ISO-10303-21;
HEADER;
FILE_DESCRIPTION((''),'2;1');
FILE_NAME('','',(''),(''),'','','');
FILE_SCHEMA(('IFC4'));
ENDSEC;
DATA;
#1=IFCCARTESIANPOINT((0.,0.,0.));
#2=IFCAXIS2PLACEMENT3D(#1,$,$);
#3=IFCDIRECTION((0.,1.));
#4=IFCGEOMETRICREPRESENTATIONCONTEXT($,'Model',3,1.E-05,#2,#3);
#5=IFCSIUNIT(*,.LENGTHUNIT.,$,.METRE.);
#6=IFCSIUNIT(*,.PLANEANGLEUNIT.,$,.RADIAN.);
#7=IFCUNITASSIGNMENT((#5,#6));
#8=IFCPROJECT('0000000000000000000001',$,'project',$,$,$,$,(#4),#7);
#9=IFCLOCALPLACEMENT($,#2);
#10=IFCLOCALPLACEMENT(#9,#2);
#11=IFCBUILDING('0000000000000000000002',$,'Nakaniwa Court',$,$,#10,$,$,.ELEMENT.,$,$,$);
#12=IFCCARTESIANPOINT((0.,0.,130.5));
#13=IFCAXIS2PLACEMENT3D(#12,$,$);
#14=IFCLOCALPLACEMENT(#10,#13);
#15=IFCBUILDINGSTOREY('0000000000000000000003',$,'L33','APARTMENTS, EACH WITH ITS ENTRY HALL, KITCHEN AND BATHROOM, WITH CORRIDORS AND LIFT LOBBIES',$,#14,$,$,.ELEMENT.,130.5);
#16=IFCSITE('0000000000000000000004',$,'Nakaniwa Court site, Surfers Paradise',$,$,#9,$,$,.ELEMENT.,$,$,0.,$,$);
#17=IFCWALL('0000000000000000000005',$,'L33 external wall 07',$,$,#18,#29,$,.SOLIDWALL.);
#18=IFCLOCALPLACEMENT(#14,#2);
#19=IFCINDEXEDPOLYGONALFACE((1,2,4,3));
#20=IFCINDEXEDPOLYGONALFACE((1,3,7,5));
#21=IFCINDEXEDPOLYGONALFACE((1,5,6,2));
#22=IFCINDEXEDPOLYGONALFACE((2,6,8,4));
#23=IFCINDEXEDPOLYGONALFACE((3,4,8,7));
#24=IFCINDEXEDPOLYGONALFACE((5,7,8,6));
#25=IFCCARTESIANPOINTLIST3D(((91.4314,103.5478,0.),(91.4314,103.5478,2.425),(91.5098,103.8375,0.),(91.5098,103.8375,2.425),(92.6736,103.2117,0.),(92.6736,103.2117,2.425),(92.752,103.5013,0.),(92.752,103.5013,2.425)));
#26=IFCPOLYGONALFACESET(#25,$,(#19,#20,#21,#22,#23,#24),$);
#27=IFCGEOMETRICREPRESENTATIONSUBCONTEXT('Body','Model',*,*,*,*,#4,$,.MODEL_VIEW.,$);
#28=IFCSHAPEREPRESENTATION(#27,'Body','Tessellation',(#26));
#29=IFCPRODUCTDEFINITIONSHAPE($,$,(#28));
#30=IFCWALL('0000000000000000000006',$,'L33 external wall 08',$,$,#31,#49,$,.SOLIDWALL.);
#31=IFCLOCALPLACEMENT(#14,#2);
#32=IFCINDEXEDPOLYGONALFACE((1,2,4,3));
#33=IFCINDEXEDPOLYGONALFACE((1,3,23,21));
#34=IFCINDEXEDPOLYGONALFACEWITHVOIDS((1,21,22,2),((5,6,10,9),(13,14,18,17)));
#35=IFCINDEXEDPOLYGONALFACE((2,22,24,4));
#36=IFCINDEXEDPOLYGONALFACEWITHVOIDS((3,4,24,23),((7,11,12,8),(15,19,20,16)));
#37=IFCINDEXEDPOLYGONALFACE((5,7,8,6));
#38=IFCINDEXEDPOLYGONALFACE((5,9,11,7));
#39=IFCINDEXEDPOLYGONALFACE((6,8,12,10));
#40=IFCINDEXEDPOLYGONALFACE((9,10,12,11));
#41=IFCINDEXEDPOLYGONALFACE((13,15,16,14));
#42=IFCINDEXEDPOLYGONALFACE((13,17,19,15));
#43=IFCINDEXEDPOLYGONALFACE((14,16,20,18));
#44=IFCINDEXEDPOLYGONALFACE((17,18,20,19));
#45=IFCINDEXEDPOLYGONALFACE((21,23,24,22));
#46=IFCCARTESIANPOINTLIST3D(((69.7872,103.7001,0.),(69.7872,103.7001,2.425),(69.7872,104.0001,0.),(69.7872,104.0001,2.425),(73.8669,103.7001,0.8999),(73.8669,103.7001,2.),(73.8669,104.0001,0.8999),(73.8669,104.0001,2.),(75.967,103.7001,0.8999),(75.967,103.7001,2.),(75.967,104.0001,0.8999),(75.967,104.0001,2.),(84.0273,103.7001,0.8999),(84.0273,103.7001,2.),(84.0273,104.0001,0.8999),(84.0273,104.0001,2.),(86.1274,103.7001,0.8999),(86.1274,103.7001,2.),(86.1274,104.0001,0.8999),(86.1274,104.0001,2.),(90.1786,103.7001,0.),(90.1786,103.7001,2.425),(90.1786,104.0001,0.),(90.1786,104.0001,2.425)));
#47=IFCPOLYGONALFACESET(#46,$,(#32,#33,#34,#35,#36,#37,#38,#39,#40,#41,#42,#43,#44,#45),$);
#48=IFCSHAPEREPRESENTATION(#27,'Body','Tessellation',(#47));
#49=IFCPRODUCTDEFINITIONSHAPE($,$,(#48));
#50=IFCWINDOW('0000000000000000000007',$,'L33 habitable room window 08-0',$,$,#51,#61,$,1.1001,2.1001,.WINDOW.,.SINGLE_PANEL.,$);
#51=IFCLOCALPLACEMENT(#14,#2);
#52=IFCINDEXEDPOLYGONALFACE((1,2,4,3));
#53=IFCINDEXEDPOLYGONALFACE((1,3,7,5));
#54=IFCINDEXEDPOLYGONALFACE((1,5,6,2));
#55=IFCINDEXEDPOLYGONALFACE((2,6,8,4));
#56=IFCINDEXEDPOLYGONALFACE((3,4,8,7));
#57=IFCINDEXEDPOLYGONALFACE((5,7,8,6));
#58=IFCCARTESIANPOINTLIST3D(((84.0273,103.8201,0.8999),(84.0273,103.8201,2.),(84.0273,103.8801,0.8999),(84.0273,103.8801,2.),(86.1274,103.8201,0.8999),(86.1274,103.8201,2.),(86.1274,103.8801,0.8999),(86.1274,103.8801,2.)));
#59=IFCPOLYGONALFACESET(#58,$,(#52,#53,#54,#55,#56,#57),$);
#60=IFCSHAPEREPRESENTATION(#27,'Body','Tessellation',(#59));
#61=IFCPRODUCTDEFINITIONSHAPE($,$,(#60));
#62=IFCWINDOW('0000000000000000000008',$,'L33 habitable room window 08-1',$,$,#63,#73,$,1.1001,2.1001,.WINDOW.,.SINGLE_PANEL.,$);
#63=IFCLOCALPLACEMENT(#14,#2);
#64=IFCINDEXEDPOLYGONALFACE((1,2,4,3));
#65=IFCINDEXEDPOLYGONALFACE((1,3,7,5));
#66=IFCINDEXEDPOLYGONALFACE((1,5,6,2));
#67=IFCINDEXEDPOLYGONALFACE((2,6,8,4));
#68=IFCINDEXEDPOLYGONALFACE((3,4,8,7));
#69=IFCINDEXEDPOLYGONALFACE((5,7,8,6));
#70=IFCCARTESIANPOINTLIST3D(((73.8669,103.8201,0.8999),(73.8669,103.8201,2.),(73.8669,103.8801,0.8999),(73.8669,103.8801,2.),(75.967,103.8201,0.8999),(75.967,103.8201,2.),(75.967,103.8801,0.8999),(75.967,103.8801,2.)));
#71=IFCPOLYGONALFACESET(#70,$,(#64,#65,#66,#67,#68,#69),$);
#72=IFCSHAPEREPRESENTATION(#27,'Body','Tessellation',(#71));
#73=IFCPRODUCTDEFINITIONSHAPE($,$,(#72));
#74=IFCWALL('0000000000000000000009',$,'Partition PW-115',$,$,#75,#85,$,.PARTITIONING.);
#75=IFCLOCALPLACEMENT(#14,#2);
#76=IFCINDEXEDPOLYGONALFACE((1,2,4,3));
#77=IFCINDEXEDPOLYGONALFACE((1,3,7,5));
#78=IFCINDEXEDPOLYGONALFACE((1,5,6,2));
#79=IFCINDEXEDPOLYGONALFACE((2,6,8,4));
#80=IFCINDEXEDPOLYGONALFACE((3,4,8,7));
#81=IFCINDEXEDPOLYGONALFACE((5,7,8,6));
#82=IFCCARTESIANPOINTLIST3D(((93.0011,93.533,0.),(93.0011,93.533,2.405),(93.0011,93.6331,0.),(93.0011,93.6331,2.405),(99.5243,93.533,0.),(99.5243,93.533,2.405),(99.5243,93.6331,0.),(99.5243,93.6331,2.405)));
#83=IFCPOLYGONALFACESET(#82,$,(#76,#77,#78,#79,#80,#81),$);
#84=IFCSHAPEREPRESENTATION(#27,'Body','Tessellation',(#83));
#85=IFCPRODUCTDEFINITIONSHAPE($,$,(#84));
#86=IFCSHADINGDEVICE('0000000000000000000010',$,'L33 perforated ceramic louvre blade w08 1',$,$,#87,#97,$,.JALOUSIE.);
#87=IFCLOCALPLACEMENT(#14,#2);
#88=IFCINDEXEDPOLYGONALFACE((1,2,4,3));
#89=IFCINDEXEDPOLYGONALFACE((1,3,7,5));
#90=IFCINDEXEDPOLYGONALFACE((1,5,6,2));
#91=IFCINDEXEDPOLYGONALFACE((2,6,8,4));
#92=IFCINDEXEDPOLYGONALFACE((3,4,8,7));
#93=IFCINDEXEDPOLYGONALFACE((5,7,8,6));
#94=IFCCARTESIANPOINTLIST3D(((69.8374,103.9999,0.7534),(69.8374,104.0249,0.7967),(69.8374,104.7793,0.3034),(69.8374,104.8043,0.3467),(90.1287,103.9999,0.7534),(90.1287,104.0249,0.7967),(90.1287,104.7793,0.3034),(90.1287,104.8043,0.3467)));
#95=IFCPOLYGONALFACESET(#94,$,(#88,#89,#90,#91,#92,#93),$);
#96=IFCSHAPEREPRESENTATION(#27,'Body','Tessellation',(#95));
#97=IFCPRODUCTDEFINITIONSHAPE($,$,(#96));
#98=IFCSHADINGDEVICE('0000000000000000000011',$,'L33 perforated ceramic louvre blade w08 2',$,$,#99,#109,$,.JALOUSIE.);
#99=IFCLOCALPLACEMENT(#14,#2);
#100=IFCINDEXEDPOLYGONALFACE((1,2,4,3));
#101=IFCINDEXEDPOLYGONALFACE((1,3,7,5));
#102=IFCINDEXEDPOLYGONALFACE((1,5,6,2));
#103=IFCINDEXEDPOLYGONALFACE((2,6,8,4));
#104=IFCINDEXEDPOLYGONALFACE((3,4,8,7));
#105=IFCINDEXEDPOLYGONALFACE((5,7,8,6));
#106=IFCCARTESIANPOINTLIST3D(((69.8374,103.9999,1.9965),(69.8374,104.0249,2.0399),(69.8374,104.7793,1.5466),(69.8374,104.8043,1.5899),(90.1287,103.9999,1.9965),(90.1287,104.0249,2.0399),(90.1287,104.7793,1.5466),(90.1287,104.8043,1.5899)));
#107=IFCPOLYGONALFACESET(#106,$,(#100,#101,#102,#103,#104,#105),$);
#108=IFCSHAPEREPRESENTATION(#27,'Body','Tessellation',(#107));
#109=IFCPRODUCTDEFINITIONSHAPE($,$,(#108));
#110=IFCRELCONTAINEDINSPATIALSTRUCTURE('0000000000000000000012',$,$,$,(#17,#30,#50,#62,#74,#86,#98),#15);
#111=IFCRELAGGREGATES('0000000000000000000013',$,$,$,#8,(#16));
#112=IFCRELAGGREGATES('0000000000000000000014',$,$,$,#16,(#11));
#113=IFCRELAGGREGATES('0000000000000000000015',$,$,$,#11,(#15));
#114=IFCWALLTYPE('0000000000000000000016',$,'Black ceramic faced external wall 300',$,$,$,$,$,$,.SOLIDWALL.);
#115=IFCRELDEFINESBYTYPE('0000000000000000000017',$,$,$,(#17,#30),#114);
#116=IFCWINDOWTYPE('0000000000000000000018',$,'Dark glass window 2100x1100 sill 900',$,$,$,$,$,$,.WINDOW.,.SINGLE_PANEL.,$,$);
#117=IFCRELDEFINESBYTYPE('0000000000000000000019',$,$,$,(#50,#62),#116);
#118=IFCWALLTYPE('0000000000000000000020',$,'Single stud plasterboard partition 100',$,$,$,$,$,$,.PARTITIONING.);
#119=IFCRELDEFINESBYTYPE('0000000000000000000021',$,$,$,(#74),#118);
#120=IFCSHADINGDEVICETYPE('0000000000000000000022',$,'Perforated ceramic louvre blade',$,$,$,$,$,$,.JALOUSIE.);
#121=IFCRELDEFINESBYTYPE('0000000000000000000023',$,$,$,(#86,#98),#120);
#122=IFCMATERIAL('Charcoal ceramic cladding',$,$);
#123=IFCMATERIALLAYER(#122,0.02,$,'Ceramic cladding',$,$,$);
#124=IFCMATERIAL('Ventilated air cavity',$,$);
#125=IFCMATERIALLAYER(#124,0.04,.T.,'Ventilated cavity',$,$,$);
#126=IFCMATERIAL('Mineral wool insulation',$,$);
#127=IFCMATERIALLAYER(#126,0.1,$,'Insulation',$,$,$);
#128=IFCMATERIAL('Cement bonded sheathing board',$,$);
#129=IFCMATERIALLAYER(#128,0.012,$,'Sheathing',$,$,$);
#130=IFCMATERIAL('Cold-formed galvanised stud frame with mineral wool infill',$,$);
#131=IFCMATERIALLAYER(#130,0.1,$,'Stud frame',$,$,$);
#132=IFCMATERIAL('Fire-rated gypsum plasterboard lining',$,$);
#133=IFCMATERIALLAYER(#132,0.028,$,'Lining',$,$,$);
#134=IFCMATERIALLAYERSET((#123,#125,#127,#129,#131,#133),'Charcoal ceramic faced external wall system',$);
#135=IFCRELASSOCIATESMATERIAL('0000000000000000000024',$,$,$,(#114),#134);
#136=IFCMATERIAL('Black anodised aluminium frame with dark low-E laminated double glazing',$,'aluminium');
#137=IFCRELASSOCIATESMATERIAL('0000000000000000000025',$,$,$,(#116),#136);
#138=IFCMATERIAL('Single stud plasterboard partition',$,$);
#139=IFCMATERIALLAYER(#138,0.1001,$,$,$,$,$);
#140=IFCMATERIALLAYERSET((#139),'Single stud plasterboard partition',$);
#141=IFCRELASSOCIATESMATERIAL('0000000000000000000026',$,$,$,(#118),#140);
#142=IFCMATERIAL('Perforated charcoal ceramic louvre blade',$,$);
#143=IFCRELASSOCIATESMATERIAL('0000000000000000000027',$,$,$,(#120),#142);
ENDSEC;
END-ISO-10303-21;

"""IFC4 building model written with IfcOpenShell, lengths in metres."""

from ifc_helpers import new_model, si_unit, direction, frame, frame_2d, origin, origin_2d, place, context, subcontext, project, spatial, rectangle, extrude, material, layer, layer_set, material_profile, profile_set, type_object, element, fill, save


model = new_model("IFC4")

# Units and contexts
model_context = context("Model", 3, precision=1e-05, world=origin(), true_north=direction((0.0, 1.0)))
body_context = subcontext(model_context, "Body", "Model", "MODEL_VIEW")
ifc_project = project(units=[si_unit("LENGTHUNIT", "METRE"), si_unit("PLANEANGLEUNIT", "RADIAN")], contexts=[model_context])

# Site, building, storey
site_placement = place(None, origin())
site = spatial("IfcSite", under=ifc_project, at=site_placement, Name="Nakaniwa Court site, Surfers Paradise", CompositionType="ELEMENT", RefElevation=0.0)
building_placement = place(site_placement, origin())
building = spatial("IfcBuilding", under=site, at=building_placement, Name="Nakaniwa Court", CompositionType="ELEMENT")
storey_placement = place(building_placement, frame((0.0, 0.0, 130.5)))
storey = spatial("IfcBuildingStorey", under=building, at=storey_placement, Name="L33", Description="APARTMENTS, EACH WITH ITS ENTRY HALL, KITCHEN AND BATHROOM, WITH CORRIDORS AND LIFT LOBBIES", CompositionType="ELEMENT", Elevation=130.5)

# Shared definitions
ifc_material_1 = material(Name="Charcoal ceramic cladding")
ifc_layer_1 = layer(ifc_material_1, 0.02, Name="Ceramic cladding")
ifc_material_2 = material(Name="Ventilated air cavity")
ifc_layer_2 = layer(ifc_material_2, 0.04, ventilated=True, Name="Ventilated cavity")
ifc_material_3 = material(Name="Mineral wool insulation")
ifc_layer_3 = layer(ifc_material_3, 0.1, Name="Insulation")
ifc_material_4 = material(Name="Cement bonded sheathing board")
ifc_layer_4 = layer(ifc_material_4, 0.012, Name="Sheathing")
ifc_material_5 = material(Name="Cold-formed galvanised stud frame with mineral wool infill")
ifc_layer_5 = layer(ifc_material_5, 0.1, Name="Stud frame")
ifc_material_6 = material(Name="Fire-rated gypsum plasterboard lining")
ifc_layer_6 = layer(ifc_material_6, 0.028, Name="Lining")
ifc_layer_set_1 = layer_set([ifc_layer_1, ifc_layer_2, ifc_layer_3, ifc_layer_4, ifc_layer_5, ifc_layer_6], Name="Charcoal ceramic faced external wall system")
wall_type_1 = type_object("IfcWallType", Name="Black ceramic faced external wall 300", PredefinedType="SOLIDWALL", material=ifc_layer_set_1)
ifc_material_7 = material(Name="Black anodised aluminium frame with dark low-E laminated double glazing", Category="aluminium")
window_type_1 = type_object("IfcWindowType", Name="Dark glass window 2100x1100 sill 900", PartitioningType="SINGLE_PANEL", PredefinedType="WINDOW", material=ifc_material_7)

# Wall
wall_1_placement = place(storey_placement, frame((92.7129, 103.3564, 0.0), z_axis=(0.0, 0.0, 1.0), x_axis=(-0.965274, 0.261239, 0.0)))
element("IfcWall", 1, at=wall_1_placement, inside=storey, type_object=wall_type_1, Name="L33 external wall 07", PredefinedType="SOLIDWALL", context=body_context, shape_type="SweptSolid", body=[
    extrude(rectangle(XDim=1.2869, YDim=0.3, at=frame_2d((0.6436, 0.0))), origin(), (0.0, 0.0, 1.0), 2.425),
])

# Wall, openings, windows
wall_2_placement = place(storey_placement, frame((90.1787, 103.8501, 0.0), z_axis=(0.0, 0.0, 1.0), x_axis=(-1.0, 0.0, 0.0)))
wall_2 = element("IfcWall", 2, at=wall_2_placement, inside=storey, type_object=wall_type_1, Name="L33 external wall 08", PredefinedType="SOLIDWALL", context=body_context, shape_type="SweptSolid", body=[
    extrude(rectangle(XDim=20.3914, YDim=0.3, at=frame_2d((10.1958, 0.0))), origin(), (0.0, 0.0, 1.0), 2.425),
])
opening_1_placement = place(wall_2_placement, frame((4.0513, 0.0, 0.8999)))
opening_1 = element("IfcOpeningElement", 3, at=opening_1_placement, cuts=wall_2, PredefinedType="OPENING", context=body_context, shape_type="SweptSolid", body=[
    extrude(rectangle(XDim=2.1001, YDim=1.1001, at=frame_2d((1.05, 0.55))), frame((0.0, 0.1599, 0.0), z_axis=(0.0, -1.0, 0.0), x_axis=(1.0, 0.0, 0.0)), (0.0, 0.0, 1.0), 0.3201),
])
opening_2_placement = place(wall_2_placement, frame((14.2117, 0.0, 0.8999)))
opening_2 = element("IfcOpeningElement", 4, at=opening_2_placement, cuts=wall_2, PredefinedType="OPENING", context=body_context, shape_type="SweptSolid", body=[
    extrude(rectangle(XDim=2.1001, YDim=1.1001, at=frame_2d((1.05, 0.55))), frame((0.0, 0.1599, 0.0), z_axis=(0.0, -1.0, 0.0), x_axis=(1.0, 0.0, 0.0)), (0.0, 0.0, 1.0), 0.3201),
])
window_1_placement = place(opening_1_placement, origin())
window_1 = element("IfcWindow", 5, at=window_1_placement, inside=storey, type_object=window_type_1, Name="L33 habitable room window 08-0", OverallHeight=1.1001, OverallWidth=2.1001, PartitioningType="SINGLE_PANEL", PredefinedType="WINDOW", context=body_context, shape_type="SweptSolid", body=[
    extrude(rectangle(XDim=2.1001, YDim=1.1001, at=frame_2d((1.05, 0.55))), frame((0.0, 0.03, 0.0), z_axis=(0.0, -1.0, 0.0), x_axis=(1.0, 0.0, 0.0)), (0.0, 0.0, 1.0), 0.0601),
])
fill(opening_1, window_1)
window_2_placement = place(opening_2_placement, origin())
window_2 = element("IfcWindow", 6, at=window_2_placement, inside=storey, type_object=window_type_1, Name="L33 habitable room window 08-1", OverallHeight=1.1001, OverallWidth=2.1001, PartitioningType="SINGLE_PANEL", PredefinedType="WINDOW", context=body_context, shape_type="SweptSolid", body=[
    extrude(rectangle(XDim=2.1001, YDim=1.1001, at=frame_2d((1.05, 0.55))), frame((0.0, 0.03, 0.0), z_axis=(0.0, -1.0, 0.0), x_axis=(1.0, 0.0, 0.0)), (0.0, 0.0, 1.0), 0.0601),
])
fill(opening_2, window_2)

# Wall
ifc_material_8 = material(Name="Single stud plasterboard partition")
ifc_layer_7 = layer(ifc_material_8, 0.1001)
ifc_layer_set_2 = layer_set([ifc_layer_7], Name="Single stud plasterboard partition")
wall_type_2 = type_object("IfcWallType", Name="Single stud plasterboard partition 100", PredefinedType="PARTITIONING", material=ifc_layer_set_2)
wall_3_placement = place(storey_placement, frame((93.001, 93.583, 0.0), z_axis=(0.0, 0.0, 1.0), x_axis=(1.0, 0.0, 0.0)))
element("IfcWall", 7, at=wall_3_placement, inside=storey, type_object=wall_type_2, Name="Partition PW-115", PredefinedType="PARTITIONING", context=body_context, shape_type="SweptSolid", body=[
    extrude(rectangle(XDim=6.5232, YDim=0.1001, at=frame_2d((3.2617, 0.0))), origin(), (0.0, 0.0, 1.0), 2.405),
])

# Shading devices
ifc_material_9 = material(Name="Perforated charcoal ceramic louvre blade")
ifc_material_profile_1 = material_profile(ifc_material_9, rectangle(XDim=0.8999, YDim=0.05, at=origin_2d()), Name="Perforated ceramic louvre blade")
ifc_profile_set_1 = profile_set([ifc_material_profile_1], Name="Perforated charcoal ceramic louvre blade")
shading_device_type = type_object("IfcShadingDeviceType", Name="Perforated ceramic louvre blade", PredefinedType="JALOUSIE", material=ifc_profile_set_1)
for number, where, z_axis, x_axis, name in (
    (8, (90.1287, 104.4021, 0.55), (-1.0, 0.0, 0.0), (0.0, -0.866025, 0.5), "L33 perforated ceramic louvre blade w08 1"),
    (9, (90.1287, 104.4021, 1.7932), (-1.0, 0.0, 0.0), (0.0, -0.866025, 0.5), "L33 perforated ceramic louvre blade w08 2"),
):
    element("IfcShadingDevice", number, at=place(storey_placement, frame(where, z_axis=z_axis, x_axis=x_axis)), inside=storey, type_object=shading_device_type, Name=name, PredefinedType="JALOUSIE", context=body_context, shape_type="SweptSolid", body=[
        extrude(rectangle(XDim=0.8999, YDim=0.05, at=origin_2d()), origin(), (0.0, 0.0, 1.0), 20.2913),
    ])

save(model, "model.ifc")
